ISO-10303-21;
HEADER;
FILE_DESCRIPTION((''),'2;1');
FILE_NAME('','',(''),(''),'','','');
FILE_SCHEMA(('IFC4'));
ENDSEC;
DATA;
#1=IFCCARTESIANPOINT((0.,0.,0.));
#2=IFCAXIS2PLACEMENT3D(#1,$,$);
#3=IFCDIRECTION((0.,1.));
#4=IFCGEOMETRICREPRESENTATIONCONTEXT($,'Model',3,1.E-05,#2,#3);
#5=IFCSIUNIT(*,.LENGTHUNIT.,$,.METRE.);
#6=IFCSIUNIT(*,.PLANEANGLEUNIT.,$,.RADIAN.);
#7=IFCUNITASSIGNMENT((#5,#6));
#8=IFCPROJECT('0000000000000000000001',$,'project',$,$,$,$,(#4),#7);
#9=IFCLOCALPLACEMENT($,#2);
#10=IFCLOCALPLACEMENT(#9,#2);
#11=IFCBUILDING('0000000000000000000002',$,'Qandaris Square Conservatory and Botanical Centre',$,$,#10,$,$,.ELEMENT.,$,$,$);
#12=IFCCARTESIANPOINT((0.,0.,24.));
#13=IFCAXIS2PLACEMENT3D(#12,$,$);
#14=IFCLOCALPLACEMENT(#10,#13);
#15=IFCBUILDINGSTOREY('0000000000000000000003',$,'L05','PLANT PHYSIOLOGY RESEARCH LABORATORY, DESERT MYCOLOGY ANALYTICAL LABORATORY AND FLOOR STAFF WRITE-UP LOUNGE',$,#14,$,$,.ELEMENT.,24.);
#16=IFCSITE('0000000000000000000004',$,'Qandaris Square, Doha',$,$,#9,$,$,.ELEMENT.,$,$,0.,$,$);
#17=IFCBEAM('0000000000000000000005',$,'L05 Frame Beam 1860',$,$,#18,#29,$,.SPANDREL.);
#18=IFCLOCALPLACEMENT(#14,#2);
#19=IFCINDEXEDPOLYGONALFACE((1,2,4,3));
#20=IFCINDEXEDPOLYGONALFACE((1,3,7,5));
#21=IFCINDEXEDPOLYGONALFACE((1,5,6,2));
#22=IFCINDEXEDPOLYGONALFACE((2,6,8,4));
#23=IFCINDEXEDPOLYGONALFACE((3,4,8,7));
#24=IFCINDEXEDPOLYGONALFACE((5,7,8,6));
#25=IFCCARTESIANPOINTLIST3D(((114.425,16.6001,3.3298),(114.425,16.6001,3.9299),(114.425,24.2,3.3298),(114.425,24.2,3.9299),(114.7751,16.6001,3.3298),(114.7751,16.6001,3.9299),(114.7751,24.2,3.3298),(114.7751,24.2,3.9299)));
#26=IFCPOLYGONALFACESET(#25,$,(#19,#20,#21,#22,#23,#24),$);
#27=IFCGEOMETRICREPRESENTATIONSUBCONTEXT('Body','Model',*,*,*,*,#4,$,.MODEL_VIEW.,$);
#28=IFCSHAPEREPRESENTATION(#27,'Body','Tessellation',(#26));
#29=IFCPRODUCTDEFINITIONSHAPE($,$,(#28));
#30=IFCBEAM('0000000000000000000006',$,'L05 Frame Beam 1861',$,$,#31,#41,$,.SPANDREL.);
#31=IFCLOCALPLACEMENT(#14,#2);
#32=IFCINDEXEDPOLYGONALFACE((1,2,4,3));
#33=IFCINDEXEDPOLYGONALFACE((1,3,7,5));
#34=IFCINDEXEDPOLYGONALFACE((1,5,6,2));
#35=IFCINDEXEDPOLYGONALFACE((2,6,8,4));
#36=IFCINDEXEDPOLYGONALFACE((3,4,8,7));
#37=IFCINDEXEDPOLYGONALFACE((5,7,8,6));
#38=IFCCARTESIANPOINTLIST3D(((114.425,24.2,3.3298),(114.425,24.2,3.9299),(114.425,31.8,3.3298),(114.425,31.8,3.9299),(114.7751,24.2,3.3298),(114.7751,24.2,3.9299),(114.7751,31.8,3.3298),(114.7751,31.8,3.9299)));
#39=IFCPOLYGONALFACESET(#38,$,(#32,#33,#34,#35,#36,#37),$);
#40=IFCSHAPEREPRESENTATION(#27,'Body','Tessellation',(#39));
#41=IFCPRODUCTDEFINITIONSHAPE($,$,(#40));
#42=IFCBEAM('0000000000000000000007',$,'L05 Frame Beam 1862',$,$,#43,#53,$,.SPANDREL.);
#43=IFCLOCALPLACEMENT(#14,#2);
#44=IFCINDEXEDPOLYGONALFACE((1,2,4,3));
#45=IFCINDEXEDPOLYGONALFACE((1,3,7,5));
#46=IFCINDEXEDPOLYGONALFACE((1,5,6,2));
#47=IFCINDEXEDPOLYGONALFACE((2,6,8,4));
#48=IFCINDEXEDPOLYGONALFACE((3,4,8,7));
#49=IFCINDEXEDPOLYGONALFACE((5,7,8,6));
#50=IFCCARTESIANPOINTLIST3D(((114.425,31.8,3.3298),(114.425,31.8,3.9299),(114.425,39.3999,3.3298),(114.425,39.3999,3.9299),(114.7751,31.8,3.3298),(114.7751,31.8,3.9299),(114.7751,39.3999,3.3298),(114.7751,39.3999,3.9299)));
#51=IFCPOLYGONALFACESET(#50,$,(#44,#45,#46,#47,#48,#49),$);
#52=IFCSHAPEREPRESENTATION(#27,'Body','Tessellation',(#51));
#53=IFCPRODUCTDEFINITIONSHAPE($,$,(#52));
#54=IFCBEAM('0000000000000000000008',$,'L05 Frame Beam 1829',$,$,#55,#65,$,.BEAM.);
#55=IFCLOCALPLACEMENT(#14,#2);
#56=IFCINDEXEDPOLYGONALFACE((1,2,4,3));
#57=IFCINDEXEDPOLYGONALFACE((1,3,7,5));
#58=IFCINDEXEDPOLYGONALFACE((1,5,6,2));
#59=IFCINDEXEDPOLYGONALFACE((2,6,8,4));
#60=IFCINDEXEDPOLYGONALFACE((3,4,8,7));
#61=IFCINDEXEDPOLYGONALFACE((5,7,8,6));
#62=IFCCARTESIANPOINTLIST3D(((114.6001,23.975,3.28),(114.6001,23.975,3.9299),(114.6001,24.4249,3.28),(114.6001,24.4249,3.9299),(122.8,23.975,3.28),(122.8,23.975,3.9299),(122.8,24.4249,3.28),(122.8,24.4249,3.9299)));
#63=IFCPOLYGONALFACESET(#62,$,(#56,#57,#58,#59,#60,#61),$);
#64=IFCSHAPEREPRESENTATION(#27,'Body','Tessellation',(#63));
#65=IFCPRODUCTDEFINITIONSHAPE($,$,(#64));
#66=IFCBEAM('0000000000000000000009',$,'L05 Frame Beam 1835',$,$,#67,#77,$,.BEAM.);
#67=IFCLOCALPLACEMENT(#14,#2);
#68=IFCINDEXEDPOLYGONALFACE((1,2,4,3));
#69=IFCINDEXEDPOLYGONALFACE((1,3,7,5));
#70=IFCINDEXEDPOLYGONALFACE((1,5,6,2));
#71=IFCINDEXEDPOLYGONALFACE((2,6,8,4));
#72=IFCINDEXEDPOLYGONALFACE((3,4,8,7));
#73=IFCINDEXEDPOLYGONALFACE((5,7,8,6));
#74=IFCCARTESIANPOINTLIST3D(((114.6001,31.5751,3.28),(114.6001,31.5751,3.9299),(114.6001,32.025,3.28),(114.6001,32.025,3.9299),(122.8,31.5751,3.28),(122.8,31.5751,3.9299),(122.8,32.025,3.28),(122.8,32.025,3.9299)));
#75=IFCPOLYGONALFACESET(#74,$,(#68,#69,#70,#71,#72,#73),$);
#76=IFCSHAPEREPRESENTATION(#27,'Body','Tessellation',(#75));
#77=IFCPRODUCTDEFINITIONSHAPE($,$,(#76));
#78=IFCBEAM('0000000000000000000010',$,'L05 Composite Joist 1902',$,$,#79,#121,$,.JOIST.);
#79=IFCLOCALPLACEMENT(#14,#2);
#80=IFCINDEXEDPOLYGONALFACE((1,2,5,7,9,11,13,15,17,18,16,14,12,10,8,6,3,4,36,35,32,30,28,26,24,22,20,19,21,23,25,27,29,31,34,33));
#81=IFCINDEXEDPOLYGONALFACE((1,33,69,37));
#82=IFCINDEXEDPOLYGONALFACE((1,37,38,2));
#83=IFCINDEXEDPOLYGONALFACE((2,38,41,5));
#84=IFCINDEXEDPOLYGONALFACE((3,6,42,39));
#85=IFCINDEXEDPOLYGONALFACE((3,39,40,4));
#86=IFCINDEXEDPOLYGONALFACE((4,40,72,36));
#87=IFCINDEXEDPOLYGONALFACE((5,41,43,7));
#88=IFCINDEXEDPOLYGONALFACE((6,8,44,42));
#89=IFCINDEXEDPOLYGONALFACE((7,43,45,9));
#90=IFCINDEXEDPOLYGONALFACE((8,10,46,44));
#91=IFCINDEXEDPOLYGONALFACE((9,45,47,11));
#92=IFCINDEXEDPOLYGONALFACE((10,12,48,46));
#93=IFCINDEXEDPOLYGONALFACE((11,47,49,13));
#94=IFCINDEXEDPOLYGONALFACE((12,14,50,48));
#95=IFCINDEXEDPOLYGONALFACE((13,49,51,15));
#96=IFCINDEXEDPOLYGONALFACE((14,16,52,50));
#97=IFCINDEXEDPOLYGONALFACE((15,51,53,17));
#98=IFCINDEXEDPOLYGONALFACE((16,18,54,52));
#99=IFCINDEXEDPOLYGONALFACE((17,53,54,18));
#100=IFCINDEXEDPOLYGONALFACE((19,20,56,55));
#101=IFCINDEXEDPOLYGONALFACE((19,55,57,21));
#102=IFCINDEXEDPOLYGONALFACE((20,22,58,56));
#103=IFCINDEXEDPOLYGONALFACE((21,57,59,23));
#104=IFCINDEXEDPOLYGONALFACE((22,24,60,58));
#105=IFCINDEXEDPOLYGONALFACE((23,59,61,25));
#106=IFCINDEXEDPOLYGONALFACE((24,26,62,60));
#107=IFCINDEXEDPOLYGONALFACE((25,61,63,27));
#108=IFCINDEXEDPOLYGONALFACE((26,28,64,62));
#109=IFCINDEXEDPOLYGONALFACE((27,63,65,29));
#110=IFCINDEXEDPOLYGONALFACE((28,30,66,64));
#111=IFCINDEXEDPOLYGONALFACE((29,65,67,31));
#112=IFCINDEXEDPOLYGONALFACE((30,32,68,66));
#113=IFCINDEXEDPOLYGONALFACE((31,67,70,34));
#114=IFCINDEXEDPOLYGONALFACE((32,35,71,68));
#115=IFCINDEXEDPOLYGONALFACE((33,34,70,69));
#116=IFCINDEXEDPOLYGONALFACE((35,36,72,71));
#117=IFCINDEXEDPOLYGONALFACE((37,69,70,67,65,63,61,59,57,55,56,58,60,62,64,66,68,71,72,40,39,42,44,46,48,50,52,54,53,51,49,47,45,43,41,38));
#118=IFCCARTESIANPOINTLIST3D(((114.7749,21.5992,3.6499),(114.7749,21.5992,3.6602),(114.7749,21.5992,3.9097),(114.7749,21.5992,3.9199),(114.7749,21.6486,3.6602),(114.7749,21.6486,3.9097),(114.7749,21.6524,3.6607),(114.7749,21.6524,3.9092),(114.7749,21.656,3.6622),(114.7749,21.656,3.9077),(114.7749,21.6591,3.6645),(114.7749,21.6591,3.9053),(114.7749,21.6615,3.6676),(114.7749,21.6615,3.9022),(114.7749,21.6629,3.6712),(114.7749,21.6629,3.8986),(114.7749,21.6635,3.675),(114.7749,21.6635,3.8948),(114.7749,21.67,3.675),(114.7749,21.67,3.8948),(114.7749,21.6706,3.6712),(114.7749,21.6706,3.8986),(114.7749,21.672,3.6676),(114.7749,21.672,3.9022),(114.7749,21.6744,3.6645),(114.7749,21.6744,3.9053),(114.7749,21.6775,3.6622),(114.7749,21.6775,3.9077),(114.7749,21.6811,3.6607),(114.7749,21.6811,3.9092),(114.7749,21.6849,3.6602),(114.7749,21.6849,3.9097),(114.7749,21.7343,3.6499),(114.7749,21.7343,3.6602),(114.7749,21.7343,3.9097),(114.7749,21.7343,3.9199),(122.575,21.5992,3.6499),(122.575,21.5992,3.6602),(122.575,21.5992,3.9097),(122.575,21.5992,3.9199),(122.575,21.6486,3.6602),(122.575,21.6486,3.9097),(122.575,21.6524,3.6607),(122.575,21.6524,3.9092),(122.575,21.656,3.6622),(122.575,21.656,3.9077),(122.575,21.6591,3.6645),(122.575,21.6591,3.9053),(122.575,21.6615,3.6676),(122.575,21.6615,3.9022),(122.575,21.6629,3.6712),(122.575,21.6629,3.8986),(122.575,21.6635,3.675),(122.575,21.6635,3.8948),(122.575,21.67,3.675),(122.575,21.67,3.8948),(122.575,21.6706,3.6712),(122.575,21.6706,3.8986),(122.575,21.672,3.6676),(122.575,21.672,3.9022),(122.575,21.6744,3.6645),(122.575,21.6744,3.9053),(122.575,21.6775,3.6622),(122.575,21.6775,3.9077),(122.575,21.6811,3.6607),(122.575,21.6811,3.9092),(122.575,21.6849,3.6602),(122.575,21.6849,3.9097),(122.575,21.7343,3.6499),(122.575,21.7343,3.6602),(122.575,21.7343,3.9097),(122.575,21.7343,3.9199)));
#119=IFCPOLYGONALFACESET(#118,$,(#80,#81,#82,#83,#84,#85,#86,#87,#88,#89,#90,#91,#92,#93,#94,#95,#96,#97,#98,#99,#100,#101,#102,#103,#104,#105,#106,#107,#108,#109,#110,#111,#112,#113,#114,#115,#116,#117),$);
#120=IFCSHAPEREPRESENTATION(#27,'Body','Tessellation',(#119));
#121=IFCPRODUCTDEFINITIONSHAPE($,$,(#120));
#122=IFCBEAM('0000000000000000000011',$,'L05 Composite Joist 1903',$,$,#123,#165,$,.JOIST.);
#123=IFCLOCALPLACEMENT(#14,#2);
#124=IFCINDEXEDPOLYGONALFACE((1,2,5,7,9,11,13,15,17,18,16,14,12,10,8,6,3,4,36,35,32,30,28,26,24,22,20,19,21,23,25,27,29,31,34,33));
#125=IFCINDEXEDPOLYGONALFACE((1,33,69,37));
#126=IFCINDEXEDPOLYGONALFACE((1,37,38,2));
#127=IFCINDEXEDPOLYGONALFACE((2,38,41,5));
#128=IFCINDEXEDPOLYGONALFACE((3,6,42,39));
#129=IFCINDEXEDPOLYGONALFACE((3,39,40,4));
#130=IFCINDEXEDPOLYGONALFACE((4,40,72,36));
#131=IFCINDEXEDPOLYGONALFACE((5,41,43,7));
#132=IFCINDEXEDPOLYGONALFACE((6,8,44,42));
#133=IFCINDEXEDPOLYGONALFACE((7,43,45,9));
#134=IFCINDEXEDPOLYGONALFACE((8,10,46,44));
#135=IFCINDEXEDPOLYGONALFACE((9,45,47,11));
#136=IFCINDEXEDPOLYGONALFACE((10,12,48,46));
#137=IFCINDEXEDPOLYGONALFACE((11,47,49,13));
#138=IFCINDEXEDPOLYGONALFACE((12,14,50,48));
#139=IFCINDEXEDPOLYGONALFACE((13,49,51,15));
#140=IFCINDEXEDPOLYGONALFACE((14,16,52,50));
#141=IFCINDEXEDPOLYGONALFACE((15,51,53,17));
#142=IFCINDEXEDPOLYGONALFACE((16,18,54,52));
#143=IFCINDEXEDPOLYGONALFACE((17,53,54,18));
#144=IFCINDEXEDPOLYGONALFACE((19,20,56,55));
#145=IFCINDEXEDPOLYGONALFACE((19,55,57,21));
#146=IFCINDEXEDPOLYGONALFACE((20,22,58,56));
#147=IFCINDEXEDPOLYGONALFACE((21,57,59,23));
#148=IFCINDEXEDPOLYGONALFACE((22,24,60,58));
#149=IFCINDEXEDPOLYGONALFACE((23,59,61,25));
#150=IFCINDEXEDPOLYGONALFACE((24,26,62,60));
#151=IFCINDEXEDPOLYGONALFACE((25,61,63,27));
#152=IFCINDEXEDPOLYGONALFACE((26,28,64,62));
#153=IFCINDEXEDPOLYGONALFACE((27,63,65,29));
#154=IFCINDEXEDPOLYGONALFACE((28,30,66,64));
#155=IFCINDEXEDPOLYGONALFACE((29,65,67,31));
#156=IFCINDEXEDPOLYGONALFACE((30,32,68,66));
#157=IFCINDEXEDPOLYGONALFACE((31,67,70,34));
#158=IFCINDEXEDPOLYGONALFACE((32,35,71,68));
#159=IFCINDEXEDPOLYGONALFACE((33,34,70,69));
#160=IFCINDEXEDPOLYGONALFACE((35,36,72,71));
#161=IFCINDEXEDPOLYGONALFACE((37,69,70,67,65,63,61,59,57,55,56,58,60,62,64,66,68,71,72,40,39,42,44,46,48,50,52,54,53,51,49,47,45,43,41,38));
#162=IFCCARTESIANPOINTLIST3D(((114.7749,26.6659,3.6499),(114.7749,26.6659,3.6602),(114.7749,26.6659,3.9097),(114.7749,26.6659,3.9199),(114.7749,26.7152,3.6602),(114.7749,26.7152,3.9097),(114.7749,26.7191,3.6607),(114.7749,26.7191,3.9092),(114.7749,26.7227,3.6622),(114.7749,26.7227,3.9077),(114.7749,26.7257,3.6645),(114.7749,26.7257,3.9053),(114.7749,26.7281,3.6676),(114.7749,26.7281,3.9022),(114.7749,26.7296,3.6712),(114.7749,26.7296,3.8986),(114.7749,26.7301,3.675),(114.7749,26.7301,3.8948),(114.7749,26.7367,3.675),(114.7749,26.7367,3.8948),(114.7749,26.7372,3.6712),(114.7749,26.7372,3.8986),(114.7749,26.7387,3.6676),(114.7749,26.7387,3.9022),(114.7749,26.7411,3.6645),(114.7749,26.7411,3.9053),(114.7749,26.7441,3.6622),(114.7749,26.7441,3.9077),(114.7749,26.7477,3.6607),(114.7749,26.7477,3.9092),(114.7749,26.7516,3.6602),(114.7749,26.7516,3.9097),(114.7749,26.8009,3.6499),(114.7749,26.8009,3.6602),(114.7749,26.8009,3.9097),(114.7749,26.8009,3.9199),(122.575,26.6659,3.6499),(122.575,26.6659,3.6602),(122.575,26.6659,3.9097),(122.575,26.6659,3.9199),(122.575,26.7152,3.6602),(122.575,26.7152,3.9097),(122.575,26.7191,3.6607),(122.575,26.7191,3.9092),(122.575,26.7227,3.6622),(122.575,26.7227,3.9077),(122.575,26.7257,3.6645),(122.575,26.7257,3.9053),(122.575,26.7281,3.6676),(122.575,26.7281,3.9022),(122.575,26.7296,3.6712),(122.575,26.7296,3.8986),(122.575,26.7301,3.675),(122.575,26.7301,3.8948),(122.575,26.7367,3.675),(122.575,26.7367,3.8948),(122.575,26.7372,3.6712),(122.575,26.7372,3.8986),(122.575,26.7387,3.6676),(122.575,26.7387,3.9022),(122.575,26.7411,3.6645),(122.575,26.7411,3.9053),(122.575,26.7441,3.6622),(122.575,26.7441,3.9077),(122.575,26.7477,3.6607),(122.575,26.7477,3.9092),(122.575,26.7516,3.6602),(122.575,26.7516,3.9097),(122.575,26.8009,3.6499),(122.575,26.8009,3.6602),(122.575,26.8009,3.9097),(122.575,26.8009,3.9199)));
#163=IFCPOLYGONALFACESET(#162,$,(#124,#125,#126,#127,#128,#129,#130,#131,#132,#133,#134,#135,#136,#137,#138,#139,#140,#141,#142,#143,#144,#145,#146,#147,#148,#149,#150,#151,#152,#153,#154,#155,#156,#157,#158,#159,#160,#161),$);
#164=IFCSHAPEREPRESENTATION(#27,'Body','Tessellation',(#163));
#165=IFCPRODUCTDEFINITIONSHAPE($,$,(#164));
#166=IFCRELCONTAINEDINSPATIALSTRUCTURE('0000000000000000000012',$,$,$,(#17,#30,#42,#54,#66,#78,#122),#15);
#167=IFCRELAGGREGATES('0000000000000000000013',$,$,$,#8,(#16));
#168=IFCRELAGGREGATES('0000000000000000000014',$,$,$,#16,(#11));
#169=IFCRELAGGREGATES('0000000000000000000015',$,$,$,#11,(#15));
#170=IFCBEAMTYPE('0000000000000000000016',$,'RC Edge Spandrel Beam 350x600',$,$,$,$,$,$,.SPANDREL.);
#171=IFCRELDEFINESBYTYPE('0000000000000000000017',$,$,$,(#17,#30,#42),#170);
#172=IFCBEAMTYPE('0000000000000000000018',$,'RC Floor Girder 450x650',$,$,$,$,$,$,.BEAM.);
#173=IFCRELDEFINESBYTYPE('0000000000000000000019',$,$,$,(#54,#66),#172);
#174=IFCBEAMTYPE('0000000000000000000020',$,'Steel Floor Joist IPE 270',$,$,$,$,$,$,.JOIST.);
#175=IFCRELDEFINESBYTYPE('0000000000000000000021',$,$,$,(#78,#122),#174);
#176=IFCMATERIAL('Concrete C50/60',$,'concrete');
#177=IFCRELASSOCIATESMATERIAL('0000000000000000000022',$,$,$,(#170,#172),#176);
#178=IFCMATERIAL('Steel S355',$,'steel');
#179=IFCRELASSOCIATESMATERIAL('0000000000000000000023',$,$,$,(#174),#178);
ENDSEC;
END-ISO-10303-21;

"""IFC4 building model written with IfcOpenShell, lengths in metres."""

from ifc_helpers import new_model, si_unit, direction, frame, origin, origin_2d, place, context, subcontext, project, spatial, rectangle, i_section, extrude, material, material_profile, profile_set, type_object, element, save


model = new_model("IFC4")

# Units and contexts
model_context = context("Model", 3, precision=1e-05, world=origin(), true_north=direction((0.0, 1.0)))
body_context = subcontext(model_context, "Body", "Model", "MODEL_VIEW")
ifc_project = project(units=[si_unit("LENGTHUNIT", "METRE"), si_unit("PLANEANGLEUNIT", "RADIAN")], contexts=[model_context])

# Site, building, storey
site_placement = place(None, origin())
site = spatial("IfcSite", under=ifc_project, at=site_placement, Name="Qandaris Square, Doha", CompositionType="ELEMENT", RefElevation=0.0)
building_placement = place(site_placement, origin())
building = spatial("IfcBuilding", under=site, at=building_placement, Name="Qandaris Square Conservatory and Botanical Centre", CompositionType="ELEMENT")
storey_placement = place(building_placement, frame((0.0, 0.0, 24.0)))
storey = spatial("IfcBuildingStorey", under=building, at=storey_placement, Name="L05", Description="PLANT PHYSIOLOGY RESEARCH LABORATORY, DESERT MYCOLOGY ANALYTICAL LABORATORY AND FLOOR STAFF WRITE-UP LOUNGE", CompositionType="ELEMENT", Elevation=24.0)

# Shared definitions
ifc_material_1 = material(Name="Concrete C50/60", Category="concrete")

# Beams
ifc_material_2 = material(Name="Steel S355", Category="steel")
ifc_material_profile_1 = material_profile(ifc_material_1, rectangle(XDim=0.3501, YDim=0.6001, at=origin_2d()), Name="RC-SP 350x600")
ifc_profile_set_1 = profile_set([ifc_material_profile_1], Name="Concrete C50/60")
beam_type_1 = type_object("IfcBeamType", Name="RC Edge Spandrel Beam 350x600", PredefinedType="SPANDREL", material=ifc_profile_set_1)
beam_1_placement = place(storey_placement, frame((114.6001, 16.6001, 3.6299), z_axis=(0.0, 1.0, 0.0), x_axis=(-1.0, 0.0, 0.0)))
element("IfcBeam", 1, at=beam_1_placement, inside=storey, type_object=beam_type_1, Name="L05 Frame Beam 1860", PredefinedType="SPANDREL", context=body_context, shape_type="SweptSolid", body=[
    extrude(rectangle(XDim=0.3501, YDim=0.6001, at=origin_2d()), origin(), (0.0, 0.0, 1.0), 7.5999),
])
beam_2_placement = place(storey_placement, frame((114.6001, 24.2, 3.6299), z_axis=(0.0, 1.0, 0.0), x_axis=(-1.0, 0.0, 0.0)))
element("IfcBeam", 2, at=beam_2_placement, inside=storey, type_object=beam_type_1, Name="L05 Frame Beam 1861", PredefinedType="SPANDREL", context=body_context, shape_type="SweptSolid", body=[
    extrude(rectangle(XDim=0.3501, YDim=0.6001, at=origin_2d()), origin(), (0.0, 0.0, 1.0), 7.6001),
])
beam_3_placement = place(storey_placement, frame((114.6001, 31.8, 3.6299), z_axis=(0.0, 1.0, 0.0), x_axis=(-1.0, 0.0, 0.0)))
element("IfcBeam", 3, at=beam_3_placement, inside=storey, type_object=beam_type_1, Name="L05 Frame Beam 1862", PredefinedType="SPANDREL", context=body_context, shape_type="SweptSolid", body=[
    extrude(rectangle(XDim=0.3501, YDim=0.6001, at=origin_2d()), origin(), (0.0, 0.0, 1.0), 7.5999),
])
ifc_material_profile_2 = material_profile(ifc_material_1, rectangle(XDim=0.45, YDim=0.6499, at=origin_2d()), Name="RC-BM 450x650")
ifc_profile_set_2 = profile_set([ifc_material_profile_2], Name="Concrete C50/60")
beam_type_2 = type_object("IfcBeamType", Name="RC Floor Girder 450x650", PredefinedType="BEAM", material=ifc_profile_set_2)
for number, where, z_axis, x_axis, name in (
    (4, (114.6001, 24.2, 3.605), (1.0, 0.0, 0.0), (0.0, 1.0, 0.0), "L05 Frame Beam 1829"),
    (5, (114.6001, 31.8, 3.605), (1.0, 0.0, 0.0), (0.0, 1.0, 0.0), "L05 Frame Beam 1835"),
):
    element("IfcBeam", number, at=place(storey_placement, frame(where, z_axis=z_axis, x_axis=x_axis)), inside=storey, type_object=beam_type_2, Name=name, PredefinedType="BEAM", context=body_context, shape_type="SweptSolid", body=[
        extrude(rectangle(XDim=0.45, YDim=0.6499, at=origin_2d()), origin(), (0.0, 0.0, 1.0), 8.2),
    ])
ifc_material_profile_3 = material_profile(ifc_material_2, i_section(OverallWidth=0.135, OverallDepth=0.27, WebThickness=0.0066, FlangeThickness=0.0103, FilletRadius=0.0149, at=origin_2d()), Name="IPE 270")
ifc_profile_set_3 = profile_set([ifc_material_profile_3], Name="Steel S355")
beam_type_3 = type_object("IfcBeamType", Name="Steel Floor Joist IPE 270", PredefinedType="JOIST", material=ifc_profile_set_3)
for number, where, z_axis, x_axis, name in (
    (6, (114.7749, 21.6667, 3.7849), (1.0, 0.0, 0.0), (0.0, 1.0, 0.0), "L05 Composite Joist 1902"),
    (7, (114.7749, 26.7334, 3.7849), (1.0, 0.0, 0.0), (0.0, 1.0, 0.0), "L05 Composite Joist 1903"),
):
    element("IfcBeam", number, at=place(storey_placement, frame(where, z_axis=z_axis, x_axis=x_axis)), inside=storey, type_object=beam_type_3, Name=name, PredefinedType="JOIST", context=body_context, shape_type="SweptSolid", body=[
        extrude(i_section(OverallWidth=0.135, OverallDepth=0.27, WebThickness=0.0066, FlangeThickness=0.0103, FilletRadius=0.0149, at=origin_2d()), origin(), (0.0, 0.0, 1.0), 7.8),
    ])

save(model, "model.ifc")
